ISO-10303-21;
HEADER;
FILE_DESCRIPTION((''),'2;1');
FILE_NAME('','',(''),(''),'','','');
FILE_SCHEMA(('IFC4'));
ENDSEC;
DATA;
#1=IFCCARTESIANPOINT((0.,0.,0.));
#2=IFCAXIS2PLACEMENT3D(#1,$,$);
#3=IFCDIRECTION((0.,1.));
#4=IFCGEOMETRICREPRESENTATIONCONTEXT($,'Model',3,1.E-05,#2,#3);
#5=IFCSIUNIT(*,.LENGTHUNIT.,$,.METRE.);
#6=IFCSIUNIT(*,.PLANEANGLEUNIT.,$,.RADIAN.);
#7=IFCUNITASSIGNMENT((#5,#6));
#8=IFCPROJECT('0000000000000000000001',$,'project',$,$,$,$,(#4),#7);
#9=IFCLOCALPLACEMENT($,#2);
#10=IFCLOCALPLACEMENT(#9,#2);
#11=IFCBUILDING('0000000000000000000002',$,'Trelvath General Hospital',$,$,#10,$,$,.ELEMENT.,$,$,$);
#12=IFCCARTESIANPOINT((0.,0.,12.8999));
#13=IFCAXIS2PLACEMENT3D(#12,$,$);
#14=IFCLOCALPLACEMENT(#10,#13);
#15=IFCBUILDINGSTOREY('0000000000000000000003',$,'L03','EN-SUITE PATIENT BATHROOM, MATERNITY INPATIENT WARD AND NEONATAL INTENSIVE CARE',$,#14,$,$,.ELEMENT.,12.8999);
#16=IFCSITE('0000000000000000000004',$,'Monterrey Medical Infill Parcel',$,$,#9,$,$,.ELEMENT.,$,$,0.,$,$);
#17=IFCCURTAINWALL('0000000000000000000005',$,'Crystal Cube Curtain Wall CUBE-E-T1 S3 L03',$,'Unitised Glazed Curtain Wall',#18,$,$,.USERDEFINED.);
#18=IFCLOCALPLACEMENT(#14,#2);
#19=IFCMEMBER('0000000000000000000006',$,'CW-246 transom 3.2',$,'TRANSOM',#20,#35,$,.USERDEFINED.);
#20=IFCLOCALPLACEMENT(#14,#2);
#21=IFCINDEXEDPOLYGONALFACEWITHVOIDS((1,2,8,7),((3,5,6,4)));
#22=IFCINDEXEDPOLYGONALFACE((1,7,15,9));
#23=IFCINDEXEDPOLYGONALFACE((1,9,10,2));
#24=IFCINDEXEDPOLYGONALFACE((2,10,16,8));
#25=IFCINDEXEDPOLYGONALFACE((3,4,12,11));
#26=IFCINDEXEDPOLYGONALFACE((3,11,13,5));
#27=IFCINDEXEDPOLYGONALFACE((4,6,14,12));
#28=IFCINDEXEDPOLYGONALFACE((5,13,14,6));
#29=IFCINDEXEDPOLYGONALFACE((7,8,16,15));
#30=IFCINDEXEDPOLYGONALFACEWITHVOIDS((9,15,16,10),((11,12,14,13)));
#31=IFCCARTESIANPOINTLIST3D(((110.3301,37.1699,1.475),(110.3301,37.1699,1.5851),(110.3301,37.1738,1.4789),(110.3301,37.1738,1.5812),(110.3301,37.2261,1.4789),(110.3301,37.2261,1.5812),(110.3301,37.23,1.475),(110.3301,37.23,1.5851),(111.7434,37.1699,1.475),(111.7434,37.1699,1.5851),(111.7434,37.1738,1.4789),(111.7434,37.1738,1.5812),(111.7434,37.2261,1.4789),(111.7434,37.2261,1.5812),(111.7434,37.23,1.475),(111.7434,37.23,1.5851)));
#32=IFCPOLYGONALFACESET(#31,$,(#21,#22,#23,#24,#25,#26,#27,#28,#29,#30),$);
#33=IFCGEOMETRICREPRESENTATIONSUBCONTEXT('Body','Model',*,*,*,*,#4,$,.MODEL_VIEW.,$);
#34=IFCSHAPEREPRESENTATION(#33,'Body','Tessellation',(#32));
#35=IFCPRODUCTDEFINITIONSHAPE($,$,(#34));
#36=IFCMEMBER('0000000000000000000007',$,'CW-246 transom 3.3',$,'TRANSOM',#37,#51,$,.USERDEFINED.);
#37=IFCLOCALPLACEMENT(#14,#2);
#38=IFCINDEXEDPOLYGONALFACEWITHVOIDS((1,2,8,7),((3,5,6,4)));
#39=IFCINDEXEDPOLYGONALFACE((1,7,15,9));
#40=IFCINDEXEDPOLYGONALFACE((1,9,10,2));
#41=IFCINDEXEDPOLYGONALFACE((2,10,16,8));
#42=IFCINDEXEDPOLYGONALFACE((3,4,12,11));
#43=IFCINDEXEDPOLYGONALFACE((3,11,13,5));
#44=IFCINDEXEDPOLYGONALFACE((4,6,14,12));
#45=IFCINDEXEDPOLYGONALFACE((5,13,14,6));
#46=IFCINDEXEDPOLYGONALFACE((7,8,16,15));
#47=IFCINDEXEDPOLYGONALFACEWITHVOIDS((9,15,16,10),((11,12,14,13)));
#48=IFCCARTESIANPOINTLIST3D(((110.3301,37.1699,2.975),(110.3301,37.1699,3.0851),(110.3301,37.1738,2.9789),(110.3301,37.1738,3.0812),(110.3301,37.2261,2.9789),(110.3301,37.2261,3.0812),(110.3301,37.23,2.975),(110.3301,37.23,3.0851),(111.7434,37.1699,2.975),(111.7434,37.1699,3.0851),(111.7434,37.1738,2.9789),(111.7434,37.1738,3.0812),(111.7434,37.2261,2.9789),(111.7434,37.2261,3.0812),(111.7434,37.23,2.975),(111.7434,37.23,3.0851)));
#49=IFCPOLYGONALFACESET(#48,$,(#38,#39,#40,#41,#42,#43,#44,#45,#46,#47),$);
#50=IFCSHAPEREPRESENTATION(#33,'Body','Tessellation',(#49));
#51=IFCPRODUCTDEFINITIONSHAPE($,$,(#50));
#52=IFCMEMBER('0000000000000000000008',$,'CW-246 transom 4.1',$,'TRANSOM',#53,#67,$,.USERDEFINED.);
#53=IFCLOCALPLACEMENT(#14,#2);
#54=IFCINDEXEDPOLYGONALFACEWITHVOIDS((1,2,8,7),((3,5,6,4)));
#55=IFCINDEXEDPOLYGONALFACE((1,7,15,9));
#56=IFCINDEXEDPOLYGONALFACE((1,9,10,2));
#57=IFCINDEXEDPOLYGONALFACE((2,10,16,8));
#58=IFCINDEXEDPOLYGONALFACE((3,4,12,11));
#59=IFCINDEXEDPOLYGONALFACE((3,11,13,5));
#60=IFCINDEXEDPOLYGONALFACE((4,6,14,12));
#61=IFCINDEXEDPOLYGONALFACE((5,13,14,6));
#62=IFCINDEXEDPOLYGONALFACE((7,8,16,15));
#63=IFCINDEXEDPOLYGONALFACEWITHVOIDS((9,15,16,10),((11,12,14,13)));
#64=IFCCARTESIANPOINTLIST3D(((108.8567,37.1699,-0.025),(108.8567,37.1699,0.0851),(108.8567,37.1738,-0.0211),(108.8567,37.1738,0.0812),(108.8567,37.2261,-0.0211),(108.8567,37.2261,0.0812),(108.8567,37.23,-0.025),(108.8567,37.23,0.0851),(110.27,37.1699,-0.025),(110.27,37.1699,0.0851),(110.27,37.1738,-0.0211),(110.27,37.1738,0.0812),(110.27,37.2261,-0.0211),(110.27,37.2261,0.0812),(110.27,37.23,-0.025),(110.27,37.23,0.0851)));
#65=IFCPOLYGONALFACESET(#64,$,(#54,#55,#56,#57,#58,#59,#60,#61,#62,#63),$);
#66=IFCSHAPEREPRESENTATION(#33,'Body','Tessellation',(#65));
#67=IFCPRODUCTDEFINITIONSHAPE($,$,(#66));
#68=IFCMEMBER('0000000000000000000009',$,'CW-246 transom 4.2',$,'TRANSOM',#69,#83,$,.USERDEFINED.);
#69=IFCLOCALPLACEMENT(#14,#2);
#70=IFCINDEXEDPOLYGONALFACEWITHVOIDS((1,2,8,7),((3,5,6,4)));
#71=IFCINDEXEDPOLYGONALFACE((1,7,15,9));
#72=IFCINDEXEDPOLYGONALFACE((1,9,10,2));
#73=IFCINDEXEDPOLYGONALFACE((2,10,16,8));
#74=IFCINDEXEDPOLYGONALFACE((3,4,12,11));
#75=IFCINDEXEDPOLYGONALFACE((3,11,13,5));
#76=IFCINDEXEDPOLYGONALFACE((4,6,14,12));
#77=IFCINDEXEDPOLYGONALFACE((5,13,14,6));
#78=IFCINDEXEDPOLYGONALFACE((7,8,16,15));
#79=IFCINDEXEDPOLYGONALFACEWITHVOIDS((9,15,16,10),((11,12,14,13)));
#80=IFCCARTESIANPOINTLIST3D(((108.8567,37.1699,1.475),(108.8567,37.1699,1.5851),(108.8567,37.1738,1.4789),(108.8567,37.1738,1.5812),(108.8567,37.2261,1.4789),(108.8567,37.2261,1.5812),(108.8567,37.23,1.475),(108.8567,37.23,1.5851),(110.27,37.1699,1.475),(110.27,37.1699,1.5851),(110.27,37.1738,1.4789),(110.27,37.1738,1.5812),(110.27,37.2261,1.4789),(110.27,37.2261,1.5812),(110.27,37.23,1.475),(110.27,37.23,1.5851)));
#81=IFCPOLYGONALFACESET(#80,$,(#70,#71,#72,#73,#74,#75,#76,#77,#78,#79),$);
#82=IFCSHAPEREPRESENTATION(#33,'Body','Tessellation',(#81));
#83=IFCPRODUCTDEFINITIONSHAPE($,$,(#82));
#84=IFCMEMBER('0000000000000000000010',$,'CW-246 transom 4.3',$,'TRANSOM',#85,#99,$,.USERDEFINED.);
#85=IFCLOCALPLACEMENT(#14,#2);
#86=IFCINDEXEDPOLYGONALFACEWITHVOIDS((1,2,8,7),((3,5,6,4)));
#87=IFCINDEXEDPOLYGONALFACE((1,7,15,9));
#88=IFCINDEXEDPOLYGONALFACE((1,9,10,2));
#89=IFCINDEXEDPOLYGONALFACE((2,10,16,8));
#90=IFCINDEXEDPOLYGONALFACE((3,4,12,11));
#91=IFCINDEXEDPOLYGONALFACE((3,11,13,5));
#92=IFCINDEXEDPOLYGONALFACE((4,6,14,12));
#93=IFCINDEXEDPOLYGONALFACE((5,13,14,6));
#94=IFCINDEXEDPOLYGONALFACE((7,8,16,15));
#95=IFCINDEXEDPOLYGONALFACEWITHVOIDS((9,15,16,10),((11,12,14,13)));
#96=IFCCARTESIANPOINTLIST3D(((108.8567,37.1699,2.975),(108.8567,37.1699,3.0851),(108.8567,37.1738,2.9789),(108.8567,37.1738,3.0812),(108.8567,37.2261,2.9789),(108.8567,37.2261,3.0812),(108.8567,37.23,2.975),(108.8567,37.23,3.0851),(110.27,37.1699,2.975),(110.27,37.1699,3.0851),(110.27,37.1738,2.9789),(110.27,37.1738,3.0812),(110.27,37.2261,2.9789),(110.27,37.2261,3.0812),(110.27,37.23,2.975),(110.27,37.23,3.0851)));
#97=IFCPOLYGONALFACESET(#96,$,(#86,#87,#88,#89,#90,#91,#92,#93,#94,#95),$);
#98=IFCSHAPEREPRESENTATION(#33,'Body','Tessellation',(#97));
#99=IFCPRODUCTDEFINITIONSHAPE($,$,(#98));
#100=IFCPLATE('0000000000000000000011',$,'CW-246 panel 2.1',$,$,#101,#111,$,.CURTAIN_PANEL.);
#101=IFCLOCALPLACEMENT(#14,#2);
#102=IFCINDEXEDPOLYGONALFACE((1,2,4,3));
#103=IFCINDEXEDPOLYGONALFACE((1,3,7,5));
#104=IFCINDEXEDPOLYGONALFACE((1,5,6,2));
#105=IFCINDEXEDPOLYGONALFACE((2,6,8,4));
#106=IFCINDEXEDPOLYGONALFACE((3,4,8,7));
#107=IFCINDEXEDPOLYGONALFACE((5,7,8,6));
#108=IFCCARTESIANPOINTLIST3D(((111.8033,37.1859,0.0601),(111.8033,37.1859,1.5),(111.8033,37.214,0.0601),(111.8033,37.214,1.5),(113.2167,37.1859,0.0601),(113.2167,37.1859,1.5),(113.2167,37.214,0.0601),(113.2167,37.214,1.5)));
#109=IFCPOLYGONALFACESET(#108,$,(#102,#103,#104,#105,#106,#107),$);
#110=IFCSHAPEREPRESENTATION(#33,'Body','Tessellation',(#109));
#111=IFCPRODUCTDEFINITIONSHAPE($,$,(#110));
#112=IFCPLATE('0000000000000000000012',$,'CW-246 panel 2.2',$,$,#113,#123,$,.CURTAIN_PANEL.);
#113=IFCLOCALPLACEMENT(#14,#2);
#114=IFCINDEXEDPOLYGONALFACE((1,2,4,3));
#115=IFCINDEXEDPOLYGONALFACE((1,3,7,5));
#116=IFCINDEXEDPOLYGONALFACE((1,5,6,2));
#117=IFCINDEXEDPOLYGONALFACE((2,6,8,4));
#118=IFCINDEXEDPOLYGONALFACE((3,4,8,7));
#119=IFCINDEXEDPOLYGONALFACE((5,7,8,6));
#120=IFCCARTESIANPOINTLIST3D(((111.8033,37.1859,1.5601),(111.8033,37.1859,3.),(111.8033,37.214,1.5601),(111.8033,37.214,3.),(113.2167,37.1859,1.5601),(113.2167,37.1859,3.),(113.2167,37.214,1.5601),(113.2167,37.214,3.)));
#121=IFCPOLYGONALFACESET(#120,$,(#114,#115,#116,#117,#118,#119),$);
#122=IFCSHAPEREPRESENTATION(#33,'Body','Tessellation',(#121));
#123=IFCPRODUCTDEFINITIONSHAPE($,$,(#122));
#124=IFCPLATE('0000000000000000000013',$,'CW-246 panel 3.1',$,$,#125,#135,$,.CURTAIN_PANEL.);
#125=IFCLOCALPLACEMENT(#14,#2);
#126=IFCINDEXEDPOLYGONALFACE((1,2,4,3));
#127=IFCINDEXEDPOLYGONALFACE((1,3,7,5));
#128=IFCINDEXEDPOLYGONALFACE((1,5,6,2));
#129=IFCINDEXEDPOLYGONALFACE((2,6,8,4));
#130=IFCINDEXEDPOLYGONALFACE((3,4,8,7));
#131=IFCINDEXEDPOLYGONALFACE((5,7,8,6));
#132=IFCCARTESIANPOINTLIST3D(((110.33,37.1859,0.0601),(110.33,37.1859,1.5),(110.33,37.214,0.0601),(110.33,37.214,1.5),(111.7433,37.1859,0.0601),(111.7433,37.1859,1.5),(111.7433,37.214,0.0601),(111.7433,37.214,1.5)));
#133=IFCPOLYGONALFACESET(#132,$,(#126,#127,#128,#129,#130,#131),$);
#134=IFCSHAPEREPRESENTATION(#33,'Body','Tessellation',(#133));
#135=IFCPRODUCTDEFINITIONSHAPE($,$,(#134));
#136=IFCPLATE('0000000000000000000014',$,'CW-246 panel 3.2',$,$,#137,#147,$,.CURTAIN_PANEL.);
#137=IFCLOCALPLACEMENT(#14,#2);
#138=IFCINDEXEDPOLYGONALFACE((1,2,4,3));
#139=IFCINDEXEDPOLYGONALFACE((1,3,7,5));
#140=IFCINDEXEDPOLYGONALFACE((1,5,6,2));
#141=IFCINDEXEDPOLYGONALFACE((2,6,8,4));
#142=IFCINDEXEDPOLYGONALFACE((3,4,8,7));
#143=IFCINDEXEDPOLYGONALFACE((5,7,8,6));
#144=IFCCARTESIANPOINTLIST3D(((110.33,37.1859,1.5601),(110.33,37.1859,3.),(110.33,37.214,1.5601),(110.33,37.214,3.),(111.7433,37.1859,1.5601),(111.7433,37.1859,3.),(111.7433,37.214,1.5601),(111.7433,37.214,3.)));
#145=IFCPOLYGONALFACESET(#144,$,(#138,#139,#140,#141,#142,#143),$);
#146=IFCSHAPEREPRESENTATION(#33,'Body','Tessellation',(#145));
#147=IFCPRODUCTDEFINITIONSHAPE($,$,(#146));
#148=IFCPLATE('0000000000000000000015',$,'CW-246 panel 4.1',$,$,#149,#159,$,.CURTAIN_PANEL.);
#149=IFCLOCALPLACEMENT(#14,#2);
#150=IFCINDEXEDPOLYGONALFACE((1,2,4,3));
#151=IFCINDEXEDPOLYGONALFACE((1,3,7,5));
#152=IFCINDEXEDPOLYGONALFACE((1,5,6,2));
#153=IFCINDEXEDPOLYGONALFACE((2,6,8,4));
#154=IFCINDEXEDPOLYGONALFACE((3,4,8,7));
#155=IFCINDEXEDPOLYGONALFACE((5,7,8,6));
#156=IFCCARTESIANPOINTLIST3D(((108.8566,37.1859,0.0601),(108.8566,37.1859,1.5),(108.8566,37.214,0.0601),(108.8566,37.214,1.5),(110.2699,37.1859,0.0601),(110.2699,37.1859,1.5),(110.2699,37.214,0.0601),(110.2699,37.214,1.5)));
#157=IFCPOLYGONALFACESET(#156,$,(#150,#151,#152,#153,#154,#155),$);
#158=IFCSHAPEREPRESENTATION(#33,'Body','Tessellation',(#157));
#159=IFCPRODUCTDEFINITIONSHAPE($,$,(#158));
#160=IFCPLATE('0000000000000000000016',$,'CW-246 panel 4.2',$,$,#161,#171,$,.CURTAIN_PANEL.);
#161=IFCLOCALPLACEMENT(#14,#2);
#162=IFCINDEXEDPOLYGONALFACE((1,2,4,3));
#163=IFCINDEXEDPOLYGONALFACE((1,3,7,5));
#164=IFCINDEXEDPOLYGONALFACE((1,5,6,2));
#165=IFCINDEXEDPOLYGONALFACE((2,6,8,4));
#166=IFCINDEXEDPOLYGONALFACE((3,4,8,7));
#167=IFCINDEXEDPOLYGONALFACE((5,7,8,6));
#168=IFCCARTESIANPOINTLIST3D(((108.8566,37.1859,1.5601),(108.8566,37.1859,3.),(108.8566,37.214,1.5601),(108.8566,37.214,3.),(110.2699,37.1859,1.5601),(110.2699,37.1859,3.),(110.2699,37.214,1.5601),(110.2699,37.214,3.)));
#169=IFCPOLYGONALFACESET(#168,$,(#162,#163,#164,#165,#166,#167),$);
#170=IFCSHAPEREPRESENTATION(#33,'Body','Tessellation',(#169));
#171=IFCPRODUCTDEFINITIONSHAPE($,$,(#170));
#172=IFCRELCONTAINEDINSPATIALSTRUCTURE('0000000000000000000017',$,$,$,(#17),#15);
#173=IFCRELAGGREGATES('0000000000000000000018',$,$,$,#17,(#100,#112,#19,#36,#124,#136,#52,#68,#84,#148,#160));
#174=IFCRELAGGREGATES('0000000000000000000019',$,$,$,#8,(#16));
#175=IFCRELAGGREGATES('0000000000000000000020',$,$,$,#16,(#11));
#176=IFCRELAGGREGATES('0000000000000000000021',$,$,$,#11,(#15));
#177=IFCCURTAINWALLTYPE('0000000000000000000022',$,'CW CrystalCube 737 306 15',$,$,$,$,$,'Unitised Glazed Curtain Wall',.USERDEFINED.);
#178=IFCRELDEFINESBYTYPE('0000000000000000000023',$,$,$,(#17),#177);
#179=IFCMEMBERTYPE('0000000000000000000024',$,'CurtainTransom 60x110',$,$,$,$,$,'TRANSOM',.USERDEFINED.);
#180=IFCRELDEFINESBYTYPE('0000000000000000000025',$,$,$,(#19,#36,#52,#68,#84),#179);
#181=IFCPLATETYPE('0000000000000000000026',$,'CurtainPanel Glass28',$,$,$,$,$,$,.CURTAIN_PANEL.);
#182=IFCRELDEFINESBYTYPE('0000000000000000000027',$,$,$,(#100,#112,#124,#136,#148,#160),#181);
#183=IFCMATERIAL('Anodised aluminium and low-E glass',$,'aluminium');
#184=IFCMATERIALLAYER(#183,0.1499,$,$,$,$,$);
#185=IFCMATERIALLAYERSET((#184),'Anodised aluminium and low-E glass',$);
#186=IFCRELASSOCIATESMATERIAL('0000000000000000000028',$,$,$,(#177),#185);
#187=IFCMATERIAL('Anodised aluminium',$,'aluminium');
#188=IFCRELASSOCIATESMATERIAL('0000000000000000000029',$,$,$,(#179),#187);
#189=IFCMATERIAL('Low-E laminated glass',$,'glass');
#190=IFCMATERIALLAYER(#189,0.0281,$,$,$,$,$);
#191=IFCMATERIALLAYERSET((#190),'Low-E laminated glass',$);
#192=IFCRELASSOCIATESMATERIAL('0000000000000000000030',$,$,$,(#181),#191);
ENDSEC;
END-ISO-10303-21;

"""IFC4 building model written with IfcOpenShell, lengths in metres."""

from ifc_helpers import new_model, si_unit, direction, frame, origin, origin_2d, place, context, subcontext, project, spatial, rectangle, hollow_rectangle, extrude, material, layer, layer_set, material_profile, profile_set, type_object, element, aggregate, save


model = new_model("IFC4")

# Units and contexts
model_context = context("Model", 3, precision=1e-05, world=origin(), true_north=direction((0.0, 1.0)))
body_context = subcontext(model_context, "Body", "Model", "MODEL_VIEW")
ifc_project = project(units=[si_unit("LENGTHUNIT", "METRE"), si_unit("PLANEANGLEUNIT", "RADIAN")], contexts=[model_context])

# Site, building, storey
site_placement = place(None, origin())
site = spatial("IfcSite", under=ifc_project, at=site_placement, Name="Monterrey Medical Infill Parcel", CompositionType="ELEMENT", RefElevation=0.0)
building_placement = place(site_placement, origin())
building = spatial("IfcBuilding", under=site, at=building_placement, Name="Trelvath General Hospital", CompositionType="ELEMENT")
storey_placement = place(building_placement, frame((0.0, 0.0, 12.8999)))
storey = spatial("IfcBuildingStorey", under=building, at=storey_placement, Name="L03", Description="EN-SUITE PATIENT BATHROOM, MATERNITY INPATIENT WARD AND NEONATAL INTENSIVE CARE", CompositionType="ELEMENT", Elevation=12.8999)

# Curtain wall, members, plates
ifc_material_1 = material(Name="Anodised aluminium and low-E glass", Category="aluminium")
ifc_layer_1 = layer(ifc_material_1, 0.1499)
ifc_layer_set_1 = layer_set([ifc_layer_1], Name="Anodised aluminium and low-E glass")
curtain_wall_type = type_object("IfcCurtainWallType", Name="CW CrystalCube 737 306 15", ElementType="Unitised Glazed Curtain Wall", PredefinedType="USERDEFINED", material=ifc_layer_set_1)
curtain_wall_placement = place(storey_placement, origin())
curtain_wall = element("IfcCurtainWall", 1, at=curtain_wall_placement, inside=storey, type_object=curtain_wall_type, Name="Crystal Cube Curtain Wall CUBE-E-T1 S3 L03", ObjectType="Unitised Glazed Curtain Wall", PredefinedType="USERDEFINED")
ifc_material_2 = material(Name="Anodised aluminium", Category="aluminium")
ifc_material_profile_1 = material_profile(ifc_material_2, hollow_rectangle(XDim=0.0601, YDim=0.1101, WallThickness=0.0039, at=origin_2d()), Name="RHS60x110x4")
ifc_profile_set_1 = profile_set([ifc_material_profile_1], Name="Anodised aluminium")
member_type_1 = type_object("IfcMemberType", Name="CurtainTransom 60x110", ElementType="TRANSOM", PredefinedType="USERDEFINED", material=ifc_profile_set_1)
member_1_placement = place(storey_placement, frame((111.7434, 37.2, 1.53), z_axis=(-1.0, 0.0, 0.0), x_axis=(0.0, -1.0, 0.0)))
member_1 = element("IfcMember", 2, at=member_1_placement, type_object=member_type_1, Name="CW-246 transom 3.2", ObjectType="TRANSOM", PredefinedType="USERDEFINED", context=body_context, shape_type="SweptSolid", body=[
    extrude(hollow_rectangle(XDim=0.0601, YDim=0.1101, WallThickness=0.0039, at=origin_2d()), origin(), (0.0, 0.0, 1.0), 1.4133),
])
member_2_placement = place(storey_placement, frame((111.7434, 37.2, 3.03), z_axis=(-1.0, 0.0, 0.0), x_axis=(0.0, -1.0, 0.0)))
member_2 = element("IfcMember", 3, at=member_2_placement, type_object=member_type_1, Name="CW-246 transom 3.3", ObjectType="TRANSOM", PredefinedType="USERDEFINED", context=body_context, shape_type="SweptSolid", body=[
    extrude(hollow_rectangle(XDim=0.0601, YDim=0.1101, WallThickness=0.0039, at=origin_2d()), origin(), (0.0, 0.0, 1.0), 1.4133),
])
member_3_placement = place(storey_placement, frame((110.27, 37.2, 0.03), z_axis=(-1.0, 0.0, 0.0), x_axis=(0.0, -1.0, 0.0)))
member_3 = element("IfcMember", 4, at=member_3_placement, type_object=member_type_1, Name="CW-246 transom 4.1", ObjectType="TRANSOM", PredefinedType="USERDEFINED", context=body_context, shape_type="SweptSolid", body=[
    extrude(hollow_rectangle(XDim=0.0601, YDim=0.1101, WallThickness=0.0039, at=origin_2d()), origin(), (0.0, 0.0, 1.0), 1.4133),
])
member_4_placement = place(storey_placement, frame((110.27, 37.2, 1.53), z_axis=(-1.0, 0.0, 0.0), x_axis=(0.0, -1.0, 0.0)))
member_4 = element("IfcMember", 5, at=member_4_placement, type_object=member_type_1, Name="CW-246 transom 4.2", ObjectType="TRANSOM", PredefinedType="USERDEFINED", context=body_context, shape_type="SweptSolid", body=[
    extrude(hollow_rectangle(XDim=0.0601, YDim=0.1101, WallThickness=0.0039, at=origin_2d()), origin(), (0.0, 0.0, 1.0), 1.4133),
])
member_5_placement = place(storey_placement, frame((110.27, 37.2, 3.03), z_axis=(-1.0, 0.0, 0.0), x_axis=(0.0, -1.0, 0.0)))
member_5 = element("IfcMember", 6, at=member_5_placement, type_object=member_type_1, Name="CW-246 transom 4.3", ObjectType="TRANSOM", PredefinedType="USERDEFINED", context=body_context, shape_type="SweptSolid", body=[
    extrude(hollow_rectangle(XDim=0.0601, YDim=0.1101, WallThickness=0.0039, at=origin_2d()), origin(), (0.0, 0.0, 1.0), 1.4133),
])
ifc_material_3 = material(Name="Low-E laminated glass", Category="glass")
ifc_layer_2 = layer(ifc_material_3, 0.0281)
ifc_layer_set_2 = layer_set([ifc_layer_2], Name="Low-E laminated glass")
plate_type = type_object("IfcPlateType", Name="CurtainPanel Glass28", PredefinedType="CURTAIN_PANEL", material=ifc_layer_set_2)
plate_1_placement = place(storey_placement, frame((112.51, 37.2, 0.0601), z_axis=(0.0, 0.0, 1.0), x_axis=(-1.0, 0.0, 0.0)))
plate_1 = element("IfcPlate", 7, at=plate_1_placement, type_object=plate_type, Name="CW-246 panel 2.1", PredefinedType="CURTAIN_PANEL", context=body_context, shape_type="SweptSolid", body=[
    extrude(rectangle(XDim=1.4133, YDim=0.0281, at=origin_2d()), origin(), (0.0, 0.0, 1.0), 1.4399),
])
plate_2_placement = place(storey_placement, frame((112.51, 37.2, 1.5601), z_axis=(0.0, 0.0, 1.0), x_axis=(-1.0, 0.0, 0.0)))
plate_2 = element("IfcPlate", 8, at=plate_2_placement, type_object=plate_type, Name="CW-246 panel 2.2", PredefinedType="CURTAIN_PANEL", context=body_context, shape_type="SweptSolid", body=[
    extrude(rectangle(XDim=1.4133, YDim=0.0281, at=origin_2d()), origin(), (0.0, 0.0, 1.0), 1.4399),
])
plate_3_placement = place(storey_placement, frame((111.0366, 37.2, 0.0601), z_axis=(0.0, 0.0, 1.0), x_axis=(-1.0, 0.0, 0.0)))
plate_3 = element("IfcPlate", 9, at=plate_3_placement, type_object=plate_type, Name="CW-246 panel 3.1", PredefinedType="CURTAIN_PANEL", context=body_context, shape_type="SweptSolid", body=[
    extrude(rectangle(XDim=1.4133, YDim=0.0281, at=origin_2d()), origin(), (0.0, 0.0, 1.0), 1.4399),
])
plate_4_placement = place(storey_placement, frame((111.0366, 37.2, 1.5601), z_axis=(0.0, 0.0, 1.0), x_axis=(-1.0, 0.0, 0.0)))
plate_4 = element("IfcPlate", 10, at=plate_4_placement, type_object=plate_type, Name="CW-246 panel 3.2", PredefinedType="CURTAIN_PANEL", context=body_context, shape_type="SweptSolid", body=[
    extrude(rectangle(XDim=1.4133, YDim=0.0281, at=origin_2d()), origin(), (0.0, 0.0, 1.0), 1.4399),
])
plate_5_placement = place(storey_placement, frame((109.5632, 37.2, 0.0601), z_axis=(0.0, 0.0, 1.0), x_axis=(-1.0, 0.0, 0.0)))
plate_5 = element("IfcPlate", 11, at=plate_5_placement, type_object=plate_type, Name="CW-246 panel 4.1", PredefinedType="CURTAIN_PANEL", context=body_context, shape_type="SweptSolid", body=[
    extrude(rectangle(XDim=1.4133, YDim=0.0281, at=origin_2d()), origin(), (0.0, 0.0, 1.0), 1.4399),
])
plate_6_placement = place(storey_placement, frame((109.5632, 37.2, 1.5601), z_axis=(0.0, 0.0, 1.0), x_axis=(-1.0, 0.0, 0.0)))
plate_6 = element("IfcPlate", 12, at=plate_6_placement, type_object=plate_type, Name="CW-246 panel 4.2", PredefinedType="CURTAIN_PANEL", context=body_context, shape_type="SweptSolid", body=[
    extrude(rectangle(XDim=1.4133, YDim=0.0281, at=origin_2d()), origin(), (0.0, 0.0, 1.0), 1.4399),
])
aggregate(curtain_wall, [plate_1, plate_2, member_1, member_2, plate_3, plate_4, member_3, member_4, member_5, plate_5, plate_6])

save(model, "model.ifc")
